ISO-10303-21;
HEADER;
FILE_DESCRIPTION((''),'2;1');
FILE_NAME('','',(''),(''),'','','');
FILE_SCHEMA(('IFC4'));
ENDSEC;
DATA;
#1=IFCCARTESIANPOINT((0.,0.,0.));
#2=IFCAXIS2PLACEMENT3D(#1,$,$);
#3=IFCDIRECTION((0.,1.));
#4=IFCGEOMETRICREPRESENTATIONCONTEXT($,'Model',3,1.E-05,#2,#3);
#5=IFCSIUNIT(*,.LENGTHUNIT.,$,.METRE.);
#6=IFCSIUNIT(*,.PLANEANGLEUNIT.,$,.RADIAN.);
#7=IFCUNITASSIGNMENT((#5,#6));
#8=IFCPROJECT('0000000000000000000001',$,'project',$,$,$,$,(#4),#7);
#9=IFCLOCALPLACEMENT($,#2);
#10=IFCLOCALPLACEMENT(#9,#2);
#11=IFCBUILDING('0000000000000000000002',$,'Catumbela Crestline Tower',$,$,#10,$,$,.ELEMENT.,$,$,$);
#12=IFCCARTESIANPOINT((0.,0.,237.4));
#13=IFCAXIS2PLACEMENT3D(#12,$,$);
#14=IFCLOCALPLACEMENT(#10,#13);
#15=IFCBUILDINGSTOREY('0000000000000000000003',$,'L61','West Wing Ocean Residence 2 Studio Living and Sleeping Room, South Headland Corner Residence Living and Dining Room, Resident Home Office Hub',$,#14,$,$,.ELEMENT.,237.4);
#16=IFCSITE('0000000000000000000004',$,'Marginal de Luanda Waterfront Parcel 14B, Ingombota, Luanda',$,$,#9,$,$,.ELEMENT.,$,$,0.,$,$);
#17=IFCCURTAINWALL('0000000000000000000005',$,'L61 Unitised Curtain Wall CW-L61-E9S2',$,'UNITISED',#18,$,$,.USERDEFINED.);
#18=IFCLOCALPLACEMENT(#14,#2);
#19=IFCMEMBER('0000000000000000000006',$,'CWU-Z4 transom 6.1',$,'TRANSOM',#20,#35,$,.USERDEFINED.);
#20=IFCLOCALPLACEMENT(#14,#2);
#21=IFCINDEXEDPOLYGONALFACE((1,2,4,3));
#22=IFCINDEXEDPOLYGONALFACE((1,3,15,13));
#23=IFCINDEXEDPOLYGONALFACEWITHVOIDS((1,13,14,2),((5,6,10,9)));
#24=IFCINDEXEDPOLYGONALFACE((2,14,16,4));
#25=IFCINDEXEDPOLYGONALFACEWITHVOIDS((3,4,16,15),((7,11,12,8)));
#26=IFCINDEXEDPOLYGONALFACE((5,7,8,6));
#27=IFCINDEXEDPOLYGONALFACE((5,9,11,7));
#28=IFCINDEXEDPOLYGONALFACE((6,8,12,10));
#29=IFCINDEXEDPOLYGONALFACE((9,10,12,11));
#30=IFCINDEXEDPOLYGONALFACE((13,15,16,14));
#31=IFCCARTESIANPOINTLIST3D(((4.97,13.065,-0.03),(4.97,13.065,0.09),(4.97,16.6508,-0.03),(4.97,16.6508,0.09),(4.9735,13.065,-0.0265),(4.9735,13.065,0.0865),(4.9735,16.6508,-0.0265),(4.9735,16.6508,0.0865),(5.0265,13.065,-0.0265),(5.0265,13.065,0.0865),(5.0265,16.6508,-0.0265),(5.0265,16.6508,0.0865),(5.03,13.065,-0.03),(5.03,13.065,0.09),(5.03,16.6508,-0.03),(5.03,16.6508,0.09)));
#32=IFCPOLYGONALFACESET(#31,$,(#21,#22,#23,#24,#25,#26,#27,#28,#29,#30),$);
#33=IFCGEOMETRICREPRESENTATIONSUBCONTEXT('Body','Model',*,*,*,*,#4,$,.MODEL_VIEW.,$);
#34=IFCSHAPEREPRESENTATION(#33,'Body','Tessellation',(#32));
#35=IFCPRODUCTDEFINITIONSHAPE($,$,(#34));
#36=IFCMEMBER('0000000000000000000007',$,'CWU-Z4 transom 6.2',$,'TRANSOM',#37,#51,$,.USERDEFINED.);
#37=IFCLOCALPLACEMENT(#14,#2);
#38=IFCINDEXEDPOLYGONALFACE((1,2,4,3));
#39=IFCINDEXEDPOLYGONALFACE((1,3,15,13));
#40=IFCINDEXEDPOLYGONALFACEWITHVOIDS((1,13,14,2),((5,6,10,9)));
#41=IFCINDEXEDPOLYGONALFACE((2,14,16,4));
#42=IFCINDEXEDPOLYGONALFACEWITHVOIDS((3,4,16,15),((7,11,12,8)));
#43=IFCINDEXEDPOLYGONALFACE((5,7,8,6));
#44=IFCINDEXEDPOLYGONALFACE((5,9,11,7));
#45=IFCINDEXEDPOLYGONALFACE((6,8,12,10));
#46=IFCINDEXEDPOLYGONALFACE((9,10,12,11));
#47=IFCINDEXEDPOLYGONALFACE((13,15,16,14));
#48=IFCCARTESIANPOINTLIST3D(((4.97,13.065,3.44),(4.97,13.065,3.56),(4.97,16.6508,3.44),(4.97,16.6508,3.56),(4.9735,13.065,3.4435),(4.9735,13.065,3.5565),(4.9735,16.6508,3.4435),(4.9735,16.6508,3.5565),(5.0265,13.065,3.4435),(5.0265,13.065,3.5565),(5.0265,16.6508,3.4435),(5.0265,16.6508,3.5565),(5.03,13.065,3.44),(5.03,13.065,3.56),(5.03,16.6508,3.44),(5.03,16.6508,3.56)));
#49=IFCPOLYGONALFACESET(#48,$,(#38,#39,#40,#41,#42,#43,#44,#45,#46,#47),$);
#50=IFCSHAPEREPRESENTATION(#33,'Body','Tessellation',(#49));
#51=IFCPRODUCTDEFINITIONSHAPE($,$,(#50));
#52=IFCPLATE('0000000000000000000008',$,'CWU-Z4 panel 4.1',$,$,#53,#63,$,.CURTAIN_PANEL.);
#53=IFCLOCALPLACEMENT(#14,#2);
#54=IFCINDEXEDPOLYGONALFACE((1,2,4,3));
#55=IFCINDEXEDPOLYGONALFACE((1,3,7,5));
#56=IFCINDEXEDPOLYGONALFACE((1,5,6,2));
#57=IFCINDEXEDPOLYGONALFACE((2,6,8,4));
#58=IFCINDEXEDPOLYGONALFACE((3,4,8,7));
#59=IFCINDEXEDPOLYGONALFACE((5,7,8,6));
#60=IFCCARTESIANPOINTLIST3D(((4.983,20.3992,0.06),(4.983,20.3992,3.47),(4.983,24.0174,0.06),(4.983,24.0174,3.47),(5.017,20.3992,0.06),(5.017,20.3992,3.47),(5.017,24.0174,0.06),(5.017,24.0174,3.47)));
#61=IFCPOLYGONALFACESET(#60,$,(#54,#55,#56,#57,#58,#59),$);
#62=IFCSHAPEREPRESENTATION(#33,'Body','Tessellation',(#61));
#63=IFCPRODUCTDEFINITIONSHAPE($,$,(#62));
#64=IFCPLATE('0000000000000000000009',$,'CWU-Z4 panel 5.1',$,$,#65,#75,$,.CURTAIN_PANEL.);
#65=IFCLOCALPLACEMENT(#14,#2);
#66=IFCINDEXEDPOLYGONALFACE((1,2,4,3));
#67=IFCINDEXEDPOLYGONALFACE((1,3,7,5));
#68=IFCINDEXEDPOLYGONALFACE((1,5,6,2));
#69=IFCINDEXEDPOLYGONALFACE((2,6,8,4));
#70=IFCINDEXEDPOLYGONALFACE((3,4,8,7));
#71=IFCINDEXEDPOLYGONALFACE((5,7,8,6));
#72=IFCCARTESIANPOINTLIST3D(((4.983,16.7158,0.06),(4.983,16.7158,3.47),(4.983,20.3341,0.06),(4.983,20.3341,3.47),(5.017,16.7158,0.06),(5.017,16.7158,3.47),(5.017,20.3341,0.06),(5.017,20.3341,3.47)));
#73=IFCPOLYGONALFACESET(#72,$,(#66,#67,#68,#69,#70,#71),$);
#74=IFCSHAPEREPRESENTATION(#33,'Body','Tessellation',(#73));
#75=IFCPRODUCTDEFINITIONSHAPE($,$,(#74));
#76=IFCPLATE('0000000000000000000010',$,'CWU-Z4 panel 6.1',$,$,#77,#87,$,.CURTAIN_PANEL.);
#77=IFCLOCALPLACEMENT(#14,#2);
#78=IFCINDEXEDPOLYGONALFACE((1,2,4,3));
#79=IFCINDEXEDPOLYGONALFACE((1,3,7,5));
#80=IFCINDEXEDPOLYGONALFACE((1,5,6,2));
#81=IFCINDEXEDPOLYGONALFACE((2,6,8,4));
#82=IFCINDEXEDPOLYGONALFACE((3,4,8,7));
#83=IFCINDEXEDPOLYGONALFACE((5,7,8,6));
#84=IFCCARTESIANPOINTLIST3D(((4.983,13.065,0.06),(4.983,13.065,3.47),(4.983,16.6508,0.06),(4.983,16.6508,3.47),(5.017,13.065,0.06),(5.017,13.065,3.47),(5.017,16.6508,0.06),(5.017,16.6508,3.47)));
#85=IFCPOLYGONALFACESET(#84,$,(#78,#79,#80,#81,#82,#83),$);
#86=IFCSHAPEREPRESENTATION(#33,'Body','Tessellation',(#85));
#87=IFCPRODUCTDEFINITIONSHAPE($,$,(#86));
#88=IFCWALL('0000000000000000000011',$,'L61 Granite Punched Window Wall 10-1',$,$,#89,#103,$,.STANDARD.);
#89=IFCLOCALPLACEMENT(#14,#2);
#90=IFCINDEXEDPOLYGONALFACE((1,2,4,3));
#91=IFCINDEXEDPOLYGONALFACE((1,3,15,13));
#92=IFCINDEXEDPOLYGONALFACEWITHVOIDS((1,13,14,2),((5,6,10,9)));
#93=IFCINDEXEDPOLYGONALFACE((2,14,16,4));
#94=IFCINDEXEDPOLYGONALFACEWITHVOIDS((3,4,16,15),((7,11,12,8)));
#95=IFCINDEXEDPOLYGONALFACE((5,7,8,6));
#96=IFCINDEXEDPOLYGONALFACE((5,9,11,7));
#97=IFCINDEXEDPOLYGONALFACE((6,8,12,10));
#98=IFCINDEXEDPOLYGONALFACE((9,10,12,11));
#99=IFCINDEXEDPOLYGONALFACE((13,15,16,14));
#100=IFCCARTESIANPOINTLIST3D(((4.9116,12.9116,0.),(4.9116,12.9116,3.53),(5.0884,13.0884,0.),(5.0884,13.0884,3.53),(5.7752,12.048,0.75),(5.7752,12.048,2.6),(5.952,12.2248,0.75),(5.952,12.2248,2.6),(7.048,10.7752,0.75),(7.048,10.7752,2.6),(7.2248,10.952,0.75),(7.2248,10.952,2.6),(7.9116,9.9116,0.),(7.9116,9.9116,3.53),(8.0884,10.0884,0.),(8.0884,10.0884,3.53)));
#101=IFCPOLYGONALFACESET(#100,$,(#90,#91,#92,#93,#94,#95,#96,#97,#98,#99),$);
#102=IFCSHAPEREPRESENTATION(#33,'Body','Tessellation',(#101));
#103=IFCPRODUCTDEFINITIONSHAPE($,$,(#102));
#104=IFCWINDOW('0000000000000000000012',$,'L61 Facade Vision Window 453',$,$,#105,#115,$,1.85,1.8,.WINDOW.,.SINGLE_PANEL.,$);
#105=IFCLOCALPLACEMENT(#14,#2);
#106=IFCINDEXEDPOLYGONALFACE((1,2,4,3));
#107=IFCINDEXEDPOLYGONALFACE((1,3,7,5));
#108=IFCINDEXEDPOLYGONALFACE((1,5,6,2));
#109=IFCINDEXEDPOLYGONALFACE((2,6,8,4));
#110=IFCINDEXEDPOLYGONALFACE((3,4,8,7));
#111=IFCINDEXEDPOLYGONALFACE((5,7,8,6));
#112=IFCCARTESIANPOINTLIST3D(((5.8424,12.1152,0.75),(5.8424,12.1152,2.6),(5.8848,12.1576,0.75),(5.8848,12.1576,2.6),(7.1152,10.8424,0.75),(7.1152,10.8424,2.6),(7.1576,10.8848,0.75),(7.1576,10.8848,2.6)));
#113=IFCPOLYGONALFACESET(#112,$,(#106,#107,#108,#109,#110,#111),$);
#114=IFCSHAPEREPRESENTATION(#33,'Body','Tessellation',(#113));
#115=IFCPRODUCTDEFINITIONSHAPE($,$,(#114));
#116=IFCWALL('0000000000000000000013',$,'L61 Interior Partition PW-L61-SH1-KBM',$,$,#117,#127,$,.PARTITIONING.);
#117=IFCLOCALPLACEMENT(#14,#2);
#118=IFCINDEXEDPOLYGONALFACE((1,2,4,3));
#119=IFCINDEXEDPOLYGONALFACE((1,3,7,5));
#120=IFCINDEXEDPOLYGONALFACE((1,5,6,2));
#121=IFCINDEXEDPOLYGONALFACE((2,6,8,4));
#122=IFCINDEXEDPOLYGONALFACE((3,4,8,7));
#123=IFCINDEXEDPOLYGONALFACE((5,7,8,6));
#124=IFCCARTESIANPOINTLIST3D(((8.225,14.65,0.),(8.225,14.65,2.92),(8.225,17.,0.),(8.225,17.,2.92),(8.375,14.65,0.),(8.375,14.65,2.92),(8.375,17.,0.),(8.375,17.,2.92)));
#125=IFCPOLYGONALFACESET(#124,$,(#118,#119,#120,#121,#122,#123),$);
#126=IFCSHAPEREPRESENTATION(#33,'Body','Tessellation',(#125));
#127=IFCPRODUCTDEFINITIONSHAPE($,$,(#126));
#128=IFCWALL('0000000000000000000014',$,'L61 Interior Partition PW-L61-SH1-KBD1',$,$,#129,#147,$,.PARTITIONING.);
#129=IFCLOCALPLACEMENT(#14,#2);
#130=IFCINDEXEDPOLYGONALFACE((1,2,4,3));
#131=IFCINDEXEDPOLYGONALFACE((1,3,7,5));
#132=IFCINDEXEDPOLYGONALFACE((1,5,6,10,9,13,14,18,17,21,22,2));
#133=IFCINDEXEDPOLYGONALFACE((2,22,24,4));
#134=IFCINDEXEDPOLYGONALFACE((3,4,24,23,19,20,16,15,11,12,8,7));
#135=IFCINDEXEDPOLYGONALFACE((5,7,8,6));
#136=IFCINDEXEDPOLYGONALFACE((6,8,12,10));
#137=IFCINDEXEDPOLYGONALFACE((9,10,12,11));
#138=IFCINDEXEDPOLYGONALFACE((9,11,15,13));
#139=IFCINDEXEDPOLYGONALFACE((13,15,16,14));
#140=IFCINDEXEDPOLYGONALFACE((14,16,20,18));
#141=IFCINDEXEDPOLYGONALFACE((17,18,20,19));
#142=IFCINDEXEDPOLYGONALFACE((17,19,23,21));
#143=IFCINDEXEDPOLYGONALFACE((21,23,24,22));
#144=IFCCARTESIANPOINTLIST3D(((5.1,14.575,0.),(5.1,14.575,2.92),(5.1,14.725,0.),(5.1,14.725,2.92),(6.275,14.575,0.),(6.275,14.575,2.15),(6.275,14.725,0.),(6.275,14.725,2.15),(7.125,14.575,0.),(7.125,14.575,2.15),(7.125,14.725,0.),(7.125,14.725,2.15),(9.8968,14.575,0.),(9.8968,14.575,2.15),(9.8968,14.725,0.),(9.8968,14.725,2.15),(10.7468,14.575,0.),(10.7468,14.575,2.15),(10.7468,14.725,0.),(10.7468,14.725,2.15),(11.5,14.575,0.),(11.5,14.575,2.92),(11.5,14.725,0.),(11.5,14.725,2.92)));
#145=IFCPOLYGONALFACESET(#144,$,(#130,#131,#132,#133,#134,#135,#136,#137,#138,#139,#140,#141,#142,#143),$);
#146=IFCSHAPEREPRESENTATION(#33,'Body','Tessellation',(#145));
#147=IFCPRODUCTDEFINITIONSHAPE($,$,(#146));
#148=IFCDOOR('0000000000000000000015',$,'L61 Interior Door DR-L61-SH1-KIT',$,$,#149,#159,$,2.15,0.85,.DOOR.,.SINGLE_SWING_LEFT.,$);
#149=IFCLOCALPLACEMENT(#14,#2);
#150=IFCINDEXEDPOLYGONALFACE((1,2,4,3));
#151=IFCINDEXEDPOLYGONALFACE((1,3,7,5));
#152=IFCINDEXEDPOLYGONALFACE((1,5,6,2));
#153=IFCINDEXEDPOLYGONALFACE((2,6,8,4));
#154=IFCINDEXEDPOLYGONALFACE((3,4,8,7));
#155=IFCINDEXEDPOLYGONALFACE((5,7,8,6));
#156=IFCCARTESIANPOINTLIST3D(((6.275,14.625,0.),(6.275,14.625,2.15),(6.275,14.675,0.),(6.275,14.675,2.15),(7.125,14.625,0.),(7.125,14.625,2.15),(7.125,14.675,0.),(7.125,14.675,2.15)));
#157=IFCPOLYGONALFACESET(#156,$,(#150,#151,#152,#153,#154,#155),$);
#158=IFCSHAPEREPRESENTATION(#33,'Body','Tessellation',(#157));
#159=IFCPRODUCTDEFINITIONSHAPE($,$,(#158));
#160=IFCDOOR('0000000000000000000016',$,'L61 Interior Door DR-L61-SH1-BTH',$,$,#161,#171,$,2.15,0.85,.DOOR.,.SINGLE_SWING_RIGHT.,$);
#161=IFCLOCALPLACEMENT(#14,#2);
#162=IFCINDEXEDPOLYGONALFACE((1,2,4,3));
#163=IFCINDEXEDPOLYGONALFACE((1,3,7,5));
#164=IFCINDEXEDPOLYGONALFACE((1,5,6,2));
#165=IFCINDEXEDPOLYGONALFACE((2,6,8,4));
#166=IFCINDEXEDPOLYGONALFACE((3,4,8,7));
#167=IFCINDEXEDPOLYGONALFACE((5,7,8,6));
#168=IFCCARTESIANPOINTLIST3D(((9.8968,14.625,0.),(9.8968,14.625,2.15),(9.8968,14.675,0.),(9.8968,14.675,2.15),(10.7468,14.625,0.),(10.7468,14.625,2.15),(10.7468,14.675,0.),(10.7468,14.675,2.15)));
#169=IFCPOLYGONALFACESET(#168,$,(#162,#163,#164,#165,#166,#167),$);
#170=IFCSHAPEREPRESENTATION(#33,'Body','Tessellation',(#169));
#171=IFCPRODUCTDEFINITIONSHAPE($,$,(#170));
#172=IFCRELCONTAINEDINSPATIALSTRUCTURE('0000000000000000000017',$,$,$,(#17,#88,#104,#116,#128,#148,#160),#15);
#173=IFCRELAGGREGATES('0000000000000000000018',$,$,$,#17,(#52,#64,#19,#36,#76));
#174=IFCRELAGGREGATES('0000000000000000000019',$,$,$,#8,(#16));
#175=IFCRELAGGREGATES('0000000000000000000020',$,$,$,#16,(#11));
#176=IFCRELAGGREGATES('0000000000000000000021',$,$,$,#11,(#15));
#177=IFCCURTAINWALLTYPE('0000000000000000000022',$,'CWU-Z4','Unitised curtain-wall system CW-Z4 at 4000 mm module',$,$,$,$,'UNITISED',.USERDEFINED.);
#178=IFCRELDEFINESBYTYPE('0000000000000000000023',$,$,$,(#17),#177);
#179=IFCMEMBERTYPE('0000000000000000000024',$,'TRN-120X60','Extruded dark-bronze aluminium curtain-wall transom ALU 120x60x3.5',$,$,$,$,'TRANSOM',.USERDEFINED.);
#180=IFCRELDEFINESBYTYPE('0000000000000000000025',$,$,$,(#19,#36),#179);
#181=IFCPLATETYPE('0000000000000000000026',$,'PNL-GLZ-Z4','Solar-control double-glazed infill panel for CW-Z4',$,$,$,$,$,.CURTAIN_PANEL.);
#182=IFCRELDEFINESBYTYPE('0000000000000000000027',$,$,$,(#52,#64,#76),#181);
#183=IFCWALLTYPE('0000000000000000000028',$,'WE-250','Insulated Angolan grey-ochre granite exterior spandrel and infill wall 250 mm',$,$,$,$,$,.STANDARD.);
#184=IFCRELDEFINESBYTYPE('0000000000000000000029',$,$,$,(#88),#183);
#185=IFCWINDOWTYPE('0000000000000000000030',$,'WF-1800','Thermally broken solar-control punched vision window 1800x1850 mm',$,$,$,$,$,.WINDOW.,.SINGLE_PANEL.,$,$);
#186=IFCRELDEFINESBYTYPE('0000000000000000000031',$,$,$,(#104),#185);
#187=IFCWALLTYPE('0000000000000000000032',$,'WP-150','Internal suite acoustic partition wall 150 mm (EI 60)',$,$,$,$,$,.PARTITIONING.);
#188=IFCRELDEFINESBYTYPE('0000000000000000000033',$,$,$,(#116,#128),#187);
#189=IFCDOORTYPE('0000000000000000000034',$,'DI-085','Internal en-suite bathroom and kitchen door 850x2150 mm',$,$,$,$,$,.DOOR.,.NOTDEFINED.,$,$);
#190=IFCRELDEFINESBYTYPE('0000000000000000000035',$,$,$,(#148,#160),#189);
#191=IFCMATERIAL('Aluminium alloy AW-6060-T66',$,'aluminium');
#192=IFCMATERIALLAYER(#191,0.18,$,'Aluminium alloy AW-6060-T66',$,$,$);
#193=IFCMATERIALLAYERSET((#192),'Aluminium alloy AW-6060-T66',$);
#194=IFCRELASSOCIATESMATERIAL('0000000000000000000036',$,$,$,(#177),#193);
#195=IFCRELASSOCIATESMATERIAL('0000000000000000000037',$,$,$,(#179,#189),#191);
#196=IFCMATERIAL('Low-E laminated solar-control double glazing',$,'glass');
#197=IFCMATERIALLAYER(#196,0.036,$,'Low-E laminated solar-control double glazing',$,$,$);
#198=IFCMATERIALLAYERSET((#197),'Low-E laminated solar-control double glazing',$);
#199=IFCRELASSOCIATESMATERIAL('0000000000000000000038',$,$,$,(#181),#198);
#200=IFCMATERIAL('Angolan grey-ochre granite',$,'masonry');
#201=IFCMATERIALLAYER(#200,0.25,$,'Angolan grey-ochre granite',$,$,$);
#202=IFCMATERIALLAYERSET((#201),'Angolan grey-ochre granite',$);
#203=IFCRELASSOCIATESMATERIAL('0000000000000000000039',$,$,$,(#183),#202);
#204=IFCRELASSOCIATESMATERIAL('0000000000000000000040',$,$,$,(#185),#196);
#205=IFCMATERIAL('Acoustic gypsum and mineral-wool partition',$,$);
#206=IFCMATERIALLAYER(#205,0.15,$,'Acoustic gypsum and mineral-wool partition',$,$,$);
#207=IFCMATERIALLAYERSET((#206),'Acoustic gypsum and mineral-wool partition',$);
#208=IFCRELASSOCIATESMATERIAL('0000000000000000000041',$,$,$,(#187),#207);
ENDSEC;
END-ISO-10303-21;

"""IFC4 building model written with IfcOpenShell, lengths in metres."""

from ifc_helpers import new_model, si_unit, direction, frame, frame_2d, origin, origin_2d, place, context, subcontext, project, spatial, rectangle, hollow_rectangle, extrude, material, layer, layer_set, material_profile, profile_set, type_object, element, fill, aggregate, save


model = new_model("IFC4")

# Units and contexts
model_context = context("Model", 3, precision=1e-05, world=origin(), true_north=direction((0.0, 1.0)))
body_context = subcontext(model_context, "Body", "Model", "MODEL_VIEW")
ifc_project = project(units=[si_unit("LENGTHUNIT", "METRE"), si_unit("PLANEANGLEUNIT", "RADIAN")], contexts=[model_context])

# Site, building, storey
site_placement = place(None, origin())
site = spatial("IfcSite", under=ifc_project, at=site_placement, Name="Marginal de Luanda Waterfront Parcel 14B, Ingombota, Luanda", CompositionType="ELEMENT", RefElevation=0.0)
building_placement = place(site_placement, origin())
building = spatial("IfcBuilding", under=site, at=building_placement, Name="Catumbela Crestline Tower", CompositionType="ELEMENT")
storey_placement = place(building_placement, frame((0.0, 0.0, 237.4)))
storey = spatial("IfcBuildingStorey", under=building, at=storey_placement, Name="L61", Description="West Wing Ocean Residence 2 Studio Living and Sleeping Room, South Headland Corner Residence Living and Dining Room, Resident Home Office Hub", CompositionType="ELEMENT", Elevation=237.4)

# Curtain wall, members, plates
ifc_material_1 = material(Name="Aluminium alloy AW-6060-T66", Category="aluminium")
ifc_layer_1 = layer(ifc_material_1, 0.18, Name="Aluminium alloy AW-6060-T66")
ifc_layer_set_1 = layer_set([ifc_layer_1], Name="Aluminium alloy AW-6060-T66")
curtain_wall_type = type_object("IfcCurtainWallType", Name="CWU-Z4", Description="Unitised curtain-wall system CW-Z4 at 4000 mm module", ElementType="UNITISED", PredefinedType="USERDEFINED", material=ifc_layer_set_1)
curtain_wall_placement = place(storey_placement, origin())
curtain_wall = element("IfcCurtainWall", 1, at=curtain_wall_placement, inside=storey, type_object=curtain_wall_type, Name="L61 Unitised Curtain Wall CW-L61-E9S2", ObjectType="UNITISED", PredefinedType="USERDEFINED")
ifc_material_profile_1 = material_profile(ifc_material_1, hollow_rectangle(XDim=0.06, YDim=0.12, WallThickness=0.0035, at=origin_2d()), Name="ALU 120x60x3.5")
ifc_profile_set_1 = profile_set([ifc_material_profile_1], Name="Aluminium alloy AW-6060-T66")
member_type_1 = type_object("IfcMemberType", Name="TRN-120X60", Description="Extruded dark-bronze aluminium curtain-wall transom ALU 120x60x3.5", ElementType="TRANSOM", PredefinedType="USERDEFINED", material=ifc_profile_set_1)
member_1_placement = place(storey_placement, frame((5.0, 16.6508, 0.03), z_axis=(0.0, -1.0, 0.0), x_axis=(1.0, 0.0, 0.0)))
member_1 = element("IfcMember", 2, at=member_1_placement, type_object=member_type_1, Name="CWU-Z4 transom 6.1", ObjectType="TRANSOM", PredefinedType="USERDEFINED", context=body_context, shape_type="SweptSolid", body=[
    extrude(hollow_rectangle(XDim=0.06, YDim=0.12, WallThickness=0.0035, at=origin_2d()), origin(), (0.0, 0.0, 1.0), 3.5858),
])
member_2_placement = place(storey_placement, frame((5.0, 16.6508, 3.5), z_axis=(0.0, -1.0, 0.0), x_axis=(1.0, 0.0, 0.0)))
member_2 = element("IfcMember", 3, at=member_2_placement, type_object=member_type_1, Name="CWU-Z4 transom 6.2", ObjectType="TRANSOM", PredefinedType="USERDEFINED", context=body_context, shape_type="SweptSolid", body=[
    extrude(hollow_rectangle(XDim=0.06, YDim=0.12, WallThickness=0.0035, at=origin_2d()), origin(), (0.0, 0.0, 1.0), 3.5858),
])
ifc_material_2 = material(Name="Low-E laminated solar-control double glazing", Category="glass")
ifc_layer_2 = layer(ifc_material_2, 0.036, Name="Low-E laminated solar-control double glazing")
ifc_layer_set_2 = layer_set([ifc_layer_2], Name="Low-E laminated solar-control double glazing")
plate_type = type_object("IfcPlateType", Name="PNL-GLZ-Z4", Description="Solar-control double-glazed infill panel for CW-Z4", PredefinedType="CURTAIN_PANEL", material=ifc_layer_set_2)
plate_1_placement = place(storey_placement, frame((5.0, 22.2083, 0.06), z_axis=(0.0, 0.0, 1.0), x_axis=(0.0, -1.0, 0.0)))
plate_1 = element("IfcPlate", 4, at=plate_1_placement, type_object=plate_type, Name="CWU-Z4 panel 4.1", PredefinedType="CURTAIN_PANEL", context=body_context, shape_type="SweptSolid", body=[
    extrude(rectangle(XDim=3.6183, YDim=0.034, at=origin_2d()), origin(), (0.0, 0.0, 1.0), 3.41),
])
plate_2_placement = place(storey_placement, frame((5.0, 18.525, 0.06), z_axis=(0.0, 0.0, 1.0), x_axis=(0.0, -1.0, 0.0)))
plate_2 = element("IfcPlate", 5, at=plate_2_placement, type_object=plate_type, Name="CWU-Z4 panel 5.1", PredefinedType="CURTAIN_PANEL", context=body_context, shape_type="SweptSolid", body=[
    extrude(rectangle(XDim=3.6183, YDim=0.034, at=origin_2d()), origin(), (0.0, 0.0, 1.0), 3.41),
])
plate_3_placement = place(storey_placement, frame((5.0, 14.8579, 0.06), z_axis=(0.0, 0.0, 1.0), x_axis=(0.0, -1.0, 0.0)))
plate_3 = element("IfcPlate", 6, at=plate_3_placement, type_object=plate_type, Name="CWU-Z4 panel 6.1", PredefinedType="CURTAIN_PANEL", context=body_context, shape_type="SweptSolid", body=[
    extrude(rectangle(XDim=3.5858, YDim=0.034, at=origin_2d()), origin(), (0.0, 0.0, 1.0), 3.41),
])
aggregate(curtain_wall, [plate_1, plate_2, member_1, member_2, plate_3])

# Wall, opening, window
ifc_material_3 = material(Name="Angolan grey-ochre granite", Category="masonry")
ifc_layer_3 = layer(ifc_material_3, 0.25, Name="Angolan grey-ochre granite")
ifc_layer_set_3 = layer_set([ifc_layer_3], Name="Angolan grey-ochre granite")
wall_type_1 = type_object("IfcWallType", Name="WE-250", Description="Insulated Angolan grey-ochre granite exterior spandrel and infill wall 250 mm", PredefinedType="STANDARD", material=ifc_layer_set_3)
wall_1_placement = place(storey_placement, frame((5.0, 13.0, 0.0), z_axis=(0.0, 0.0, 1.0), x_axis=(0.707107, -0.707107, 0.0)))
wall_1 = element("IfcWall", 7, at=wall_1_placement, inside=storey, type_object=wall_type_1, Name="L61 Granite Punched Window Wall 10-1", PredefinedType="STANDARD", context=body_context, shape_type="SweptSolid", body=[
    extrude(rectangle(XDim=4.2426, YDim=0.25, at=frame_2d((2.1213, 0.0))), origin(), (0.0, 0.0, 1.0), 3.53),
])
opening_1_placement = place(wall_1_placement, frame((1.2213, 0.0, 0.75)))
opening_1 = element("IfcOpeningElement", 8, at=opening_1_placement, cuts=wall_1, PredefinedType="OPENING", context=body_context, shape_type="SweptSolid", body=[
    extrude(rectangle(XDim=1.8, YDim=1.85, at=frame_2d((0.9, 0.925))), frame((0.0, 0.135, 0.0), z_axis=(0.0, -1.0, 0.0), x_axis=(1.0, 0.0, 0.0)), (0.0, 0.0, 1.0), 0.27),
])
window_type = type_object("IfcWindowType", Name="WF-1800", Description="Thermally broken solar-control punched vision window 1800x1850 mm", PartitioningType="SINGLE_PANEL", PredefinedType="WINDOW", material=ifc_material_2)
window_placement = place(opening_1_placement, origin())
window = element("IfcWindow", 9, at=window_placement, inside=storey, type_object=window_type, Name="L61 Facade Vision Window 453", OverallHeight=1.85, OverallWidth=1.8, PartitioningType="SINGLE_PANEL", PredefinedType="WINDOW", context=body_context, shape_type="SweptSolid", body=[
    extrude(rectangle(XDim=1.8, YDim=1.85, at=frame_2d((0.9, 0.925))), frame((0.0, 0.03, 0.0), z_axis=(0.0, -1.0, 0.0), x_axis=(1.0, 0.0, 0.0)), (0.0, 0.0, 1.0), 0.06),
])
fill(opening_1, window)

# Wall
ifc_material_4 = material(Name="Acoustic gypsum and mineral-wool partition")
ifc_layer_4 = layer(ifc_material_4, 0.15, Name="Acoustic gypsum and mineral-wool partition")
ifc_layer_set_4 = layer_set([ifc_layer_4], Name="Acoustic gypsum and mineral-wool partition")
wall_type_2 = type_object("IfcWallType", Name="WP-150", Description="Internal suite acoustic partition wall 150 mm (EI 60)", PredefinedType="PARTITIONING", material=ifc_layer_set_4)
wall_2_placement = place(storey_placement, frame((8.3, 14.65, 0.0), z_axis=(0.0, 0.0, 1.0), x_axis=(0.0, 1.0, 0.0)))
element("IfcWall", 10, at=wall_2_placement, inside=storey, type_object=wall_type_2, Name="L61 Interior Partition PW-L61-SH1-KBM", PredefinedType="PARTITIONING", context=body_context, shape_type="SweptSolid", body=[
    extrude(rectangle(XDim=2.35, YDim=0.15, at=frame_2d((1.175, 0.0))), origin(), (0.0, 0.0, 1.0), 2.92),
])

# Wall, openings, doors
wall_3_placement = place(storey_placement, frame((5.1, 14.65, 0.0), z_axis=(0.0, 0.0, 1.0), x_axis=(1.0, 0.0, 0.0)))
wall_3 = element("IfcWall", 11, at=wall_3_placement, inside=storey, type_object=wall_type_2, Name="L61 Interior Partition PW-L61-SH1-KBD1", PredefinedType="PARTITIONING", context=body_context, shape_type="SweptSolid", body=[
    extrude(rectangle(XDim=6.4, YDim=0.15, at=frame_2d((3.2, 0.0))), origin(), (0.0, 0.0, 1.0), 2.92),
])
opening_2_placement = place(wall_3_placement, frame((1.175, 0.0, 0.0)))
opening_2 = element("IfcOpeningElement", 12, at=opening_2_placement, cuts=wall_3, PredefinedType="OPENING", context=body_context, shape_type="SweptSolid", body=[
    extrude(rectangle(XDim=0.85, YDim=2.15, at=frame_2d((0.425, 1.075))), frame((0.0, 0.085, 0.0), z_axis=(0.0, -1.0, 0.0), x_axis=(1.0, 0.0, 0.0)), (0.0, 0.0, 1.0), 0.17),
])
opening_3_placement = place(wall_3_placement, frame((4.7968, 0.0, 0.0)))
opening_3 = element("IfcOpeningElement", 13, at=opening_3_placement, cuts=wall_3, PredefinedType="OPENING", context=body_context, shape_type="SweptSolid", body=[
    extrude(rectangle(XDim=0.85, YDim=2.15, at=frame_2d((0.425, 1.075))), frame((0.0, 0.085, 0.0), z_axis=(0.0, -1.0, 0.0), x_axis=(1.0, 0.0, 0.0)), (0.0, 0.0, 1.0), 0.17),
])
door_type_1 = type_object("IfcDoorType", Name="DI-085", Description="Internal en-suite bathroom and kitchen door 850x2150 mm", OperationType="NOTDEFINED", PredefinedType="DOOR", material=ifc_material_1)
door_1_placement = place(opening_2_placement, origin())
door_1 = element("IfcDoor", 14, at=door_1_placement, inside=storey, type_object=door_type_1, Name="L61 Interior Door DR-L61-SH1-KIT", OperationType="SINGLE_SWING_LEFT", OverallHeight=2.15, OverallWidth=0.85, PredefinedType="DOOR", context=body_context, shape_type="SweptSolid", body=[
    extrude(rectangle(XDim=0.85, YDim=2.15, at=frame_2d((0.425, 1.075))), frame((0.0, 0.025, 0.0), z_axis=(0.0, -1.0, 0.0), x_axis=(1.0, 0.0, 0.0)), (0.0, 0.0, 1.0), 0.05),
])
fill(opening_2, door_1)
door_2_placement = place(opening_3_placement, origin())
door_2 = element("IfcDoor", 15, at=door_2_placement, inside=storey, type_object=door_type_1, Name="L61 Interior Door DR-L61-SH1-BTH", OperationType="SINGLE_SWING_RIGHT", OverallHeight=2.15, OverallWidth=0.85, PredefinedType="DOOR", context=body_context, shape_type="SweptSolid", body=[
    extrude(rectangle(XDim=0.85, YDim=2.15, at=frame_2d((0.425, 1.075))), frame((0.0, 0.025, 0.0), z_axis=(0.0, -1.0, 0.0), x_axis=(1.0, 0.0, 0.0)), (0.0, 0.0, 1.0), 0.05),
])
fill(opening_3, door_2)

save(model, "model.ifc")
